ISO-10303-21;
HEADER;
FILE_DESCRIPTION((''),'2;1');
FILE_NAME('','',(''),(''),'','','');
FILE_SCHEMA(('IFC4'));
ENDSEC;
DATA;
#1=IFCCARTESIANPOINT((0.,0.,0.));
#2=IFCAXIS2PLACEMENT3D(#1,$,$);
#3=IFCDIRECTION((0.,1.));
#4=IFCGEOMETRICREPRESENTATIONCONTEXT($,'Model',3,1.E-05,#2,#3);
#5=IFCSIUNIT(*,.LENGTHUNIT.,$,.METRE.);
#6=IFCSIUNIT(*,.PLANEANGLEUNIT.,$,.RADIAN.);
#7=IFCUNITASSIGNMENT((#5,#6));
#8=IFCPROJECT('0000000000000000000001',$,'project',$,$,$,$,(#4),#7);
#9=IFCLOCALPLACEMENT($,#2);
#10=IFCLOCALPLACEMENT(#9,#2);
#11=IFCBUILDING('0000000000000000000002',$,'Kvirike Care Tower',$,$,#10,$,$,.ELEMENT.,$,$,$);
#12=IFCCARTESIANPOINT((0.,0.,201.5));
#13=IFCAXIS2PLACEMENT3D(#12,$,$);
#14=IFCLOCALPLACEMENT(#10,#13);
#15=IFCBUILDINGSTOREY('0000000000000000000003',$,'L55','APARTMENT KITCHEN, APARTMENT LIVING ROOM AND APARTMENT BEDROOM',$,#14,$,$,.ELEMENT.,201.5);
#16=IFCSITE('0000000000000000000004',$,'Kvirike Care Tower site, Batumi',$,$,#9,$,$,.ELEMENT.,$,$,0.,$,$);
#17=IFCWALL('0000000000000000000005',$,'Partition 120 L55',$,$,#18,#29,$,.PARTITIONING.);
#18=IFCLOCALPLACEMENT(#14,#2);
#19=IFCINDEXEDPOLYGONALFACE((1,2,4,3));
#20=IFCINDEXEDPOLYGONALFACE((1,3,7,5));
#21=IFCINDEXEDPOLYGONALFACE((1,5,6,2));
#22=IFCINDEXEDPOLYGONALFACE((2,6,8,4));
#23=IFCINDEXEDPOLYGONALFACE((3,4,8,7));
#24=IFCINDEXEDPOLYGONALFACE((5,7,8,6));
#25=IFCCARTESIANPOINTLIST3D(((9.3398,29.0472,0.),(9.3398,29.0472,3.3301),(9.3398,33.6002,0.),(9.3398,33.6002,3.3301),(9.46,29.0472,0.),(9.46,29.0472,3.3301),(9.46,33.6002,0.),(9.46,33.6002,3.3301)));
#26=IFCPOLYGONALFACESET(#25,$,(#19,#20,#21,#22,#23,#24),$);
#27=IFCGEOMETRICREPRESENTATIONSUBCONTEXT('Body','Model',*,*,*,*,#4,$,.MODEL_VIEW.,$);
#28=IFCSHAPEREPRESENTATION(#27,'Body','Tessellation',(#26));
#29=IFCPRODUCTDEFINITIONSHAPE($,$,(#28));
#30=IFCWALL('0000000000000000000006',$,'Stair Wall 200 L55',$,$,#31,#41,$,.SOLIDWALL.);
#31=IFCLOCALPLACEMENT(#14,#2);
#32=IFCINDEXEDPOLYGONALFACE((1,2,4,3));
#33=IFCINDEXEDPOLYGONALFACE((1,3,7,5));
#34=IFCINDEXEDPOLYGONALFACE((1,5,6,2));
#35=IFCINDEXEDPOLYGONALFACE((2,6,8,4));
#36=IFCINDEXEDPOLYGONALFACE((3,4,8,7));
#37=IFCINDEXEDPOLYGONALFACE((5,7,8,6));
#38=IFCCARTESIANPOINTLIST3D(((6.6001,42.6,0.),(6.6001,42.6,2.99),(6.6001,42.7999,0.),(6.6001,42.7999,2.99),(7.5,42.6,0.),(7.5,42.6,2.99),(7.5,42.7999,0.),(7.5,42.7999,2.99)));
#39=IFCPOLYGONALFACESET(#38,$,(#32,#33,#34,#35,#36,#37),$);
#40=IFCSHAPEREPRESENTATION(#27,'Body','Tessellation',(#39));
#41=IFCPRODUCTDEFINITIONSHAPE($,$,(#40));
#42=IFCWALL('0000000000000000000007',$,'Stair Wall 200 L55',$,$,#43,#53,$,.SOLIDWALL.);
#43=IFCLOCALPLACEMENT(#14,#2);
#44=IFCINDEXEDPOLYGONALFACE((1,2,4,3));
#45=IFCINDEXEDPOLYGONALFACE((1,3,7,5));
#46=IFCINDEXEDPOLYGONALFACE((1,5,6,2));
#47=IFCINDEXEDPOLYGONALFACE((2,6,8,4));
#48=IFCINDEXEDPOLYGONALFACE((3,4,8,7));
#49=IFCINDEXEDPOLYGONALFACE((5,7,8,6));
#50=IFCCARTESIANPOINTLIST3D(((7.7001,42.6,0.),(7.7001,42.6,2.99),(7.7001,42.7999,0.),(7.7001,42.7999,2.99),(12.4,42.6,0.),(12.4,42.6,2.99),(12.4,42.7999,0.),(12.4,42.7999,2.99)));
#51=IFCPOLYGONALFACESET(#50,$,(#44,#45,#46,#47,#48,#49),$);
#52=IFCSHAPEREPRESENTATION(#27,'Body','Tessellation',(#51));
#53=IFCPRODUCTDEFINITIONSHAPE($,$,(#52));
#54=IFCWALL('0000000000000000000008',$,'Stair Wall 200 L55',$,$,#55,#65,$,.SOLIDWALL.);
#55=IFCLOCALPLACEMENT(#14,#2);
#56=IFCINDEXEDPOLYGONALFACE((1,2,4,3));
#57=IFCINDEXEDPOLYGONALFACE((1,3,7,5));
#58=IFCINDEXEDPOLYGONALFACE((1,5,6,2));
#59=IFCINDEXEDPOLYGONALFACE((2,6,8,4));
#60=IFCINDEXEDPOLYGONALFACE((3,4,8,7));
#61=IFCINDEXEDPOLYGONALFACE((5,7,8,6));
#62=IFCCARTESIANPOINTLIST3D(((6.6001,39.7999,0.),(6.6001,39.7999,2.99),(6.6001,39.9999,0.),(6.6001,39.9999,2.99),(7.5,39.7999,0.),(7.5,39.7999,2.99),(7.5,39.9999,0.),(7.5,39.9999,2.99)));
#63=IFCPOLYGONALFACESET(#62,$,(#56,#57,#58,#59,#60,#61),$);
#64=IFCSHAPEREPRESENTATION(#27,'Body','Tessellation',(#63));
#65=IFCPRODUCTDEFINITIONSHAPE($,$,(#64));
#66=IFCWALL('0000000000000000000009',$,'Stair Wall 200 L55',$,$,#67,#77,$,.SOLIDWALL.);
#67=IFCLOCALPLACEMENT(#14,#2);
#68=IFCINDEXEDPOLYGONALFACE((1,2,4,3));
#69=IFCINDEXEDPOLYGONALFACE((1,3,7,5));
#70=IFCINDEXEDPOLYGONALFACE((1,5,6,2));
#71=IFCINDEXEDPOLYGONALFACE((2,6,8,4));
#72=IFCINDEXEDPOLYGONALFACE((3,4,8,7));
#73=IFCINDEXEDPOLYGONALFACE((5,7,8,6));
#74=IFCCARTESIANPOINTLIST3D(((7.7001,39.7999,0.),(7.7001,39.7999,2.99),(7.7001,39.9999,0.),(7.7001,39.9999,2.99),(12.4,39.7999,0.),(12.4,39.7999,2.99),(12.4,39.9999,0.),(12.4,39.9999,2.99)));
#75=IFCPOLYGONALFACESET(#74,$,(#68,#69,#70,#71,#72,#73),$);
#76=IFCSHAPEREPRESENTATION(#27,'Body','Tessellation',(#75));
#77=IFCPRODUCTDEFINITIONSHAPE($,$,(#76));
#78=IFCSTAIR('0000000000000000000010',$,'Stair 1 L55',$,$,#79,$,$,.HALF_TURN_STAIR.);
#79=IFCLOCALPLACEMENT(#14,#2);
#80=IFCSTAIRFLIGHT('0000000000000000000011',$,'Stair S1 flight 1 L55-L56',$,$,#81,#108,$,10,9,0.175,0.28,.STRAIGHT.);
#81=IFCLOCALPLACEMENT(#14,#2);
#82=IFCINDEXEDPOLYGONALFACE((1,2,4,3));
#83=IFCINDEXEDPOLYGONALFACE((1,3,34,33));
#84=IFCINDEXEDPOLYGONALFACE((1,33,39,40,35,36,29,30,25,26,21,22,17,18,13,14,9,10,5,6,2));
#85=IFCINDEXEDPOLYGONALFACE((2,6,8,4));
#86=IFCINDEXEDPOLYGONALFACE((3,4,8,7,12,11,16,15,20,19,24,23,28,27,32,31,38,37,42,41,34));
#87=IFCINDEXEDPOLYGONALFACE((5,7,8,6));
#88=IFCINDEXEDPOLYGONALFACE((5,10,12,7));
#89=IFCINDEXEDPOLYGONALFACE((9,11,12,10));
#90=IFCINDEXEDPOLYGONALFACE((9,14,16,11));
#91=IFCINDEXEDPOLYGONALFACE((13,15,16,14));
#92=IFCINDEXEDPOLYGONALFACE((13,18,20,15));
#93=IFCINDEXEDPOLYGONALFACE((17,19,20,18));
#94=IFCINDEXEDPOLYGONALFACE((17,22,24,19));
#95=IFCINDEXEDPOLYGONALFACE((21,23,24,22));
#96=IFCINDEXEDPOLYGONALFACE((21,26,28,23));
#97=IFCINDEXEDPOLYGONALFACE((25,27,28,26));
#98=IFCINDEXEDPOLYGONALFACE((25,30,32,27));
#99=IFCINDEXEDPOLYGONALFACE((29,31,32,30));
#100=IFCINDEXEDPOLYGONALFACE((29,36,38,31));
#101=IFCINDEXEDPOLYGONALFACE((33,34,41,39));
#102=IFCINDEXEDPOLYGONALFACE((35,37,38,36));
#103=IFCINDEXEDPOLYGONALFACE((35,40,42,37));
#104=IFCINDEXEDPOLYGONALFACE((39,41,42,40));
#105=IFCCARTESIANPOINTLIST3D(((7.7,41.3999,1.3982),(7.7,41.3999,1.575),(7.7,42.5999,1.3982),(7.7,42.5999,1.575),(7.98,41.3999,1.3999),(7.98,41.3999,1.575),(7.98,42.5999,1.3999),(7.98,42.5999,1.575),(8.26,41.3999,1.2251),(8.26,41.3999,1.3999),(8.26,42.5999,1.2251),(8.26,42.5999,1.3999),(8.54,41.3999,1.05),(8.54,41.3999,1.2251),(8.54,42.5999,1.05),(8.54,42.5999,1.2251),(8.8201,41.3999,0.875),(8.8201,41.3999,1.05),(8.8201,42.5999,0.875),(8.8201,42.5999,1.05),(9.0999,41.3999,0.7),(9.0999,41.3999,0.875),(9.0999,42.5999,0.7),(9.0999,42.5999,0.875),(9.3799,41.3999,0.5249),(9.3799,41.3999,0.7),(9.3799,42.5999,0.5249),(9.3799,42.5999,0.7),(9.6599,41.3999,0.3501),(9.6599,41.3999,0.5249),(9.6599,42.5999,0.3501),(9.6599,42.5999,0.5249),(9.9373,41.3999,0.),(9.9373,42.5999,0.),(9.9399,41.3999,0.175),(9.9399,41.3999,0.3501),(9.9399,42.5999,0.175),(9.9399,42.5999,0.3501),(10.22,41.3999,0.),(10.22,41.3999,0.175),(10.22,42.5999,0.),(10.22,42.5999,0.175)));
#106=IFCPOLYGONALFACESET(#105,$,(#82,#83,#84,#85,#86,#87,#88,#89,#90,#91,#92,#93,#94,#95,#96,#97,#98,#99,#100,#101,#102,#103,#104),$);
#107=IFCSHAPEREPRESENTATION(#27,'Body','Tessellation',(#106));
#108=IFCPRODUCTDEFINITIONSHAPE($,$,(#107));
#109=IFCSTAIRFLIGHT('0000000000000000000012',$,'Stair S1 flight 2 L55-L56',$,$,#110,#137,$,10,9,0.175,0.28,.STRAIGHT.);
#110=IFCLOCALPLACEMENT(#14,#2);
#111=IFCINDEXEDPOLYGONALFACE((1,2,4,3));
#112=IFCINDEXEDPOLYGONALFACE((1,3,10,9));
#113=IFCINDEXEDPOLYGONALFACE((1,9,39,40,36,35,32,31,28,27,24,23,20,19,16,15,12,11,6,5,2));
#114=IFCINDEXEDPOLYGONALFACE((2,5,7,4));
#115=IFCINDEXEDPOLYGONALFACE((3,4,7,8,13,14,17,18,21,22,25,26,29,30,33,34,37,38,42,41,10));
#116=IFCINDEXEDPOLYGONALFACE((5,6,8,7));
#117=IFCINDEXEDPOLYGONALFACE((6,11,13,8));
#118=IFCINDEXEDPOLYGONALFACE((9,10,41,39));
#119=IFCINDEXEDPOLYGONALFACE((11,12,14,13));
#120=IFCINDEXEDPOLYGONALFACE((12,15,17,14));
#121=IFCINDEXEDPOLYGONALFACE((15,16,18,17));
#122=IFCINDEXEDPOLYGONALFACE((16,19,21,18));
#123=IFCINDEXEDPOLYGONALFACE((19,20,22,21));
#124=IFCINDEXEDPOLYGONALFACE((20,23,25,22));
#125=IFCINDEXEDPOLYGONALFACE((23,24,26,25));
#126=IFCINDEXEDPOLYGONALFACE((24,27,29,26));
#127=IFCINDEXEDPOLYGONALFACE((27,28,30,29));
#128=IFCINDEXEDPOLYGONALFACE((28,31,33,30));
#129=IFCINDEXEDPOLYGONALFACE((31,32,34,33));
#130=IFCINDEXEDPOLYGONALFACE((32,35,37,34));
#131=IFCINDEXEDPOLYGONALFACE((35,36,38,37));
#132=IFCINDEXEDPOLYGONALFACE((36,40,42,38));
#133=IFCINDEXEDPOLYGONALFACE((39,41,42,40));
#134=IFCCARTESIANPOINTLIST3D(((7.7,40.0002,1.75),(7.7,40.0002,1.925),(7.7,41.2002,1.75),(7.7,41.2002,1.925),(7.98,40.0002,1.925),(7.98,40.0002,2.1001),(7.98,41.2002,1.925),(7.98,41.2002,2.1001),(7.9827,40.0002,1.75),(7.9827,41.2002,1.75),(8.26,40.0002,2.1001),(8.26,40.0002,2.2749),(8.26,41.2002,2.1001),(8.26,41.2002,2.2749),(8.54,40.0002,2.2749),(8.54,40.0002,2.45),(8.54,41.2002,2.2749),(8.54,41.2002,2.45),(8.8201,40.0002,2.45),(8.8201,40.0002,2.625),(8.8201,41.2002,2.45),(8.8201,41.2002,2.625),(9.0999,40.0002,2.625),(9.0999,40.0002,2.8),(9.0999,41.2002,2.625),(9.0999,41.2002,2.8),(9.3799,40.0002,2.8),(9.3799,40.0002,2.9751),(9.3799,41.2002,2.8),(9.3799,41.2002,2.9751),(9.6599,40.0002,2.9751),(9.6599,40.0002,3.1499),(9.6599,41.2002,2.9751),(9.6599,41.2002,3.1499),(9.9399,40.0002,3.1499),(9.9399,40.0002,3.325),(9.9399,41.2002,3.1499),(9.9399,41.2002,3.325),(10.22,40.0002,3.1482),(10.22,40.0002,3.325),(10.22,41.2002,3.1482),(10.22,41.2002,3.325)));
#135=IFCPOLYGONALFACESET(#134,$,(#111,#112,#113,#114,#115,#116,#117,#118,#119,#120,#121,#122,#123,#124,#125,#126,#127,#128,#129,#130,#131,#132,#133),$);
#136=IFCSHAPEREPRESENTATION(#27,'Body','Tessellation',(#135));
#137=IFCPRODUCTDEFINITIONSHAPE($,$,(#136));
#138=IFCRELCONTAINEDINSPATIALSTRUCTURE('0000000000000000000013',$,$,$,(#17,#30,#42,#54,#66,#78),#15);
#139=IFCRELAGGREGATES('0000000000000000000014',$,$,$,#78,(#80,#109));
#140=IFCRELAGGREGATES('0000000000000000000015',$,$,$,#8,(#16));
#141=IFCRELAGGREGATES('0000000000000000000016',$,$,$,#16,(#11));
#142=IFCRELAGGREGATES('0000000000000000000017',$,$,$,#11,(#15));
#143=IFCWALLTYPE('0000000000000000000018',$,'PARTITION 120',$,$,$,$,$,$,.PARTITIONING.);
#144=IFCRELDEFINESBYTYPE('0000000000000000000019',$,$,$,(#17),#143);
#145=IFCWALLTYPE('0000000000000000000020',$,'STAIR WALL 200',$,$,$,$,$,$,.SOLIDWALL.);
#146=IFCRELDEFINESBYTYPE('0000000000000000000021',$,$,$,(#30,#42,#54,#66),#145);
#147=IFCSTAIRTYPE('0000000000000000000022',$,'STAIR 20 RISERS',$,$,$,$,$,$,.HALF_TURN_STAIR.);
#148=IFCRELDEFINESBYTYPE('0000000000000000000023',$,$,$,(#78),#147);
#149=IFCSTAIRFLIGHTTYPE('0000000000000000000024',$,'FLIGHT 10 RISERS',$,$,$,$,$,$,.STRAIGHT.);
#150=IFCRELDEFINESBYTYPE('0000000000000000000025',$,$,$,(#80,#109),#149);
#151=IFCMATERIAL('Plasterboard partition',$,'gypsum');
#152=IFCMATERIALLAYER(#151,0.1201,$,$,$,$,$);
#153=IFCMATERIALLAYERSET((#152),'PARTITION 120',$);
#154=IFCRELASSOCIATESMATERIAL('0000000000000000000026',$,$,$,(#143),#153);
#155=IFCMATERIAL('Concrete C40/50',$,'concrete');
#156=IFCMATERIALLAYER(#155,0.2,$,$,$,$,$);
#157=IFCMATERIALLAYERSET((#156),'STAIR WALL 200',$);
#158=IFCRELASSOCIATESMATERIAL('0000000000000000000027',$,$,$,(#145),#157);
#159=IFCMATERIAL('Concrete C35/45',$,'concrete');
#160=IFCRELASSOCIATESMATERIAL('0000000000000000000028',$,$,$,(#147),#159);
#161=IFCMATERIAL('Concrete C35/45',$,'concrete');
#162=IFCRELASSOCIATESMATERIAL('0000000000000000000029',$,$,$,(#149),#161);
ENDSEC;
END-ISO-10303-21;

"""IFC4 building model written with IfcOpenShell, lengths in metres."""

from ifc_helpers import new_model, si_unit, direction, frame, frame_2d, origin, place, context, subcontext, project, spatial, polyline, rectangle, outline, extrude, material, layer, layer_set, type_object, element, aggregate, save


model = new_model("IFC4")

# Units and contexts
model_context = context("Model", 3, precision=1e-05, world=origin(), true_north=direction((0.0, 1.0)))
body_context = subcontext(model_context, "Body", "Model", "MODEL_VIEW")
ifc_project = project(units=[si_unit("LENGTHUNIT", "METRE"), si_unit("PLANEANGLEUNIT", "RADIAN")], contexts=[model_context])

# Site, building, storey
site_placement = place(None, origin())
site = spatial("IfcSite", under=ifc_project, at=site_placement, Name="Kvirike Care Tower site, Batumi", CompositionType="ELEMENT", RefElevation=0.0)
building_placement = place(site_placement, origin())
building = spatial("IfcBuilding", under=site, at=building_placement, Name="Kvirike Care Tower", CompositionType="ELEMENT")
storey_placement = place(building_placement, frame((0.0, 0.0, 201.5)))
storey = spatial("IfcBuildingStorey", under=building, at=storey_placement, Name="L55", Description="APARTMENT KITCHEN, APARTMENT LIVING ROOM AND APARTMENT BEDROOM", CompositionType="ELEMENT", Elevation=201.5)

# Shared definitions
ifc_material_1 = material(Name="Plasterboard partition", Category="gypsum")
ifc_layer_1 = layer(ifc_material_1, 0.1201)
ifc_layer_set_1 = layer_set([ifc_layer_1], Name="PARTITION 120")
wall_type_1 = type_object("IfcWallType", Name="PARTITION 120", PredefinedType="PARTITIONING", material=ifc_layer_set_1)

# Walls
wall_1_placement = place(storey_placement, frame((9.3999, 33.6001, 0.0), z_axis=(0.0, 0.0, 1.0), x_axis=(0.0, -1.0, 0.0)))
element("IfcWall", 1, at=wall_1_placement, inside=storey, type_object=wall_type_1, Name="Partition 120 L55", PredefinedType="PARTITIONING", context=body_context, shape_type="SweptSolid", body=[
    extrude(rectangle(XDim=4.553, YDim=0.1201, at=frame_2d((2.2764, 0.0))), origin(), (0.0, 0.0, 1.0), 3.3301),
])
ifc_material_2 = material(Name="Concrete C40/50", Category="concrete")
ifc_layer_2 = layer(ifc_material_2, 0.2)
ifc_layer_set_2 = layer_set([ifc_layer_2], Name="STAIR WALL 200")
wall_type_2 = type_object("IfcWallType", Name="STAIR WALL 200", PredefinedType="SOLIDWALL", material=ifc_layer_set_2)
wall_2_placement = place(storey_placement, frame((6.6001, 42.7, 0.0), z_axis=(0.0, 0.0, 1.0), x_axis=(1.0, 0.0, 0.0)))
element("IfcWall", 2, at=wall_2_placement, inside=storey, type_object=wall_type_2, Name="Stair Wall 200 L55", PredefinedType="SOLIDWALL", context=body_context, shape_type="SweptSolid", body=[
    extrude(rectangle(XDim=0.8999, YDim=0.2, at=frame_2d((0.45, 0.0))), origin(), (0.0, 0.0, 1.0), 2.99),
])
wall_3_placement = place(storey_placement, frame((7.7, 42.7, 0.0), z_axis=(0.0, 0.0, 1.0), x_axis=(1.0, 0.0, 0.0)))
element("IfcWall", 3, at=wall_3_placement, inside=storey, type_object=wall_type_2, Name="Stair Wall 200 L55", PredefinedType="SOLIDWALL", context=body_context, shape_type="SweptSolid", body=[
    extrude(rectangle(XDim=4.7, YDim=0.2, at=frame_2d((2.3501, 0.0))), origin(), (0.0, 0.0, 1.0), 2.99),
])
wall_4_placement = place(storey_placement, frame((6.6001, 39.8999, 0.0), z_axis=(0.0, 0.0, 1.0), x_axis=(1.0, 0.0, 0.0)))
element("IfcWall", 4, at=wall_4_placement, inside=storey, type_object=wall_type_2, Name="Stair Wall 200 L55", PredefinedType="SOLIDWALL", context=body_context, shape_type="SweptSolid", body=[
    extrude(rectangle(XDim=0.8999, YDim=0.2, at=frame_2d((0.45, 0.0))), origin(), (0.0, 0.0, 1.0), 2.99),
])
wall_5_placement = place(storey_placement, frame((7.7, 39.8999, 0.0), z_axis=(0.0, 0.0, 1.0), x_axis=(1.0, 0.0, 0.0)))
element("IfcWall", 5, at=wall_5_placement, inside=storey, type_object=wall_type_2, Name="Stair Wall 200 L55", PredefinedType="SOLIDWALL", context=body_context, shape_type="SweptSolid", body=[
    extrude(rectangle(XDim=4.7, YDim=0.2, at=frame_2d((2.3501, 0.0))), origin(), (0.0, 0.0, 1.0), 2.99),
])

# Stair, stair flights
ifc_material_3 = material(Name="Concrete C35/45", Category="concrete")
stair_type = type_object("IfcStairType", Name="STAIR 20 RISERS", PredefinedType="HALF_TURN_STAIR", material=ifc_material_3)
stair_placement = place(storey_placement, origin())
stair = element("IfcStair", 6, at=stair_placement, inside=storey, type_object=stair_type, Name="Stair 1 L55", PredefinedType="HALF_TURN_STAIR")
ifc_material_4 = material(Name="Concrete C35/45", Category="concrete")
stair_flight_type = type_object("IfcStairFlightType", Name="FLIGHT 10 RISERS", PredefinedType="STRAIGHT", material=ifc_material_4)
stair_flight_1_placement = place(storey_placement, frame((10.22, 42.0, 0.0), z_axis=(0.0, 0.0, 1.0), x_axis=(-1.0, 0.0, 0.0)))
stair_flight_1 = element("IfcStairFlight", 7, at=stair_flight_1_placement, type_object=stair_flight_type, Name="Stair S1 flight 1 L55-L56", NumberOfRisers=10, NumberOfTreads=9, PredefinedType="STRAIGHT", RiserHeight=0.175, TreadLength=0.28, context=body_context, shape_type="SweptSolid", body=[
    extrude(outline(polyline([(0.0, 0.0), (0.0, 0.175), (0.28, 0.175), (0.28, 0.3501), (0.5601, 0.3501), (0.5601, 0.5249), (0.8401, 0.5249), (0.8401, 0.7), (1.1201, 0.7), (1.1201, 0.875), (1.3999, 0.875), (1.3999, 1.05), (1.6799, 1.05), (1.6799, 1.2251), (1.96, 1.2251), (1.96, 1.3999), (2.24, 1.3999), (2.24, 1.575), (2.52, 1.575), (2.52, 1.75), (2.52, 1.3982), (0.2827, 0.0), (0.0, 0.0)])), frame((0.0, 0.6001, 0.0), z_axis=(0.0, -1.0, 0.0), x_axis=(1.0, 0.0, 0.0)), (0.0, 0.0, 1.0), 1.2),
])
stair_flight_2_placement = place(storey_placement, frame((7.7, 40.6001, 1.75), z_axis=(0.0, 0.0, 1.0), x_axis=(1.0, 0.0, 0.0)))
stair_flight_2 = element("IfcStairFlight", 8, at=stair_flight_2_placement, type_object=stair_flight_type, Name="Stair S1 flight 2 L55-L56", NumberOfRisers=10, NumberOfTreads=9, PredefinedType="STRAIGHT", RiserHeight=0.175, TreadLength=0.28, context=body_context, shape_type="SweptSolid", body=[
    extrude(outline(polyline([(0.0, 0.0), (0.0, 0.175), (0.28, 0.175), (0.28, 0.3501), (0.5601, 0.3501), (0.5601, 0.5249), (0.8401, 0.5249), (0.8401, 0.7), (1.1201, 0.7), (1.1201, 0.875), (1.3999, 0.875), (1.3999, 1.05), (1.6799, 1.05), (1.6799, 1.2251), (1.96, 1.2251), (1.96, 1.3999), (2.24, 1.3999), (2.24, 1.575), (2.52, 1.575), (2.52, 1.75), (2.52, 1.3982), (0.2827, 0.0), (0.0, 0.0)])), frame((0.0, 0.6001, 0.0), z_axis=(0.0, -1.0, 0.0), x_axis=(1.0, 0.0, 0.0)), (0.0, 0.0, 1.0), 1.2),
])
aggregate(stair, [stair_flight_1, stair_flight_2])

save(model, "model.ifc")
